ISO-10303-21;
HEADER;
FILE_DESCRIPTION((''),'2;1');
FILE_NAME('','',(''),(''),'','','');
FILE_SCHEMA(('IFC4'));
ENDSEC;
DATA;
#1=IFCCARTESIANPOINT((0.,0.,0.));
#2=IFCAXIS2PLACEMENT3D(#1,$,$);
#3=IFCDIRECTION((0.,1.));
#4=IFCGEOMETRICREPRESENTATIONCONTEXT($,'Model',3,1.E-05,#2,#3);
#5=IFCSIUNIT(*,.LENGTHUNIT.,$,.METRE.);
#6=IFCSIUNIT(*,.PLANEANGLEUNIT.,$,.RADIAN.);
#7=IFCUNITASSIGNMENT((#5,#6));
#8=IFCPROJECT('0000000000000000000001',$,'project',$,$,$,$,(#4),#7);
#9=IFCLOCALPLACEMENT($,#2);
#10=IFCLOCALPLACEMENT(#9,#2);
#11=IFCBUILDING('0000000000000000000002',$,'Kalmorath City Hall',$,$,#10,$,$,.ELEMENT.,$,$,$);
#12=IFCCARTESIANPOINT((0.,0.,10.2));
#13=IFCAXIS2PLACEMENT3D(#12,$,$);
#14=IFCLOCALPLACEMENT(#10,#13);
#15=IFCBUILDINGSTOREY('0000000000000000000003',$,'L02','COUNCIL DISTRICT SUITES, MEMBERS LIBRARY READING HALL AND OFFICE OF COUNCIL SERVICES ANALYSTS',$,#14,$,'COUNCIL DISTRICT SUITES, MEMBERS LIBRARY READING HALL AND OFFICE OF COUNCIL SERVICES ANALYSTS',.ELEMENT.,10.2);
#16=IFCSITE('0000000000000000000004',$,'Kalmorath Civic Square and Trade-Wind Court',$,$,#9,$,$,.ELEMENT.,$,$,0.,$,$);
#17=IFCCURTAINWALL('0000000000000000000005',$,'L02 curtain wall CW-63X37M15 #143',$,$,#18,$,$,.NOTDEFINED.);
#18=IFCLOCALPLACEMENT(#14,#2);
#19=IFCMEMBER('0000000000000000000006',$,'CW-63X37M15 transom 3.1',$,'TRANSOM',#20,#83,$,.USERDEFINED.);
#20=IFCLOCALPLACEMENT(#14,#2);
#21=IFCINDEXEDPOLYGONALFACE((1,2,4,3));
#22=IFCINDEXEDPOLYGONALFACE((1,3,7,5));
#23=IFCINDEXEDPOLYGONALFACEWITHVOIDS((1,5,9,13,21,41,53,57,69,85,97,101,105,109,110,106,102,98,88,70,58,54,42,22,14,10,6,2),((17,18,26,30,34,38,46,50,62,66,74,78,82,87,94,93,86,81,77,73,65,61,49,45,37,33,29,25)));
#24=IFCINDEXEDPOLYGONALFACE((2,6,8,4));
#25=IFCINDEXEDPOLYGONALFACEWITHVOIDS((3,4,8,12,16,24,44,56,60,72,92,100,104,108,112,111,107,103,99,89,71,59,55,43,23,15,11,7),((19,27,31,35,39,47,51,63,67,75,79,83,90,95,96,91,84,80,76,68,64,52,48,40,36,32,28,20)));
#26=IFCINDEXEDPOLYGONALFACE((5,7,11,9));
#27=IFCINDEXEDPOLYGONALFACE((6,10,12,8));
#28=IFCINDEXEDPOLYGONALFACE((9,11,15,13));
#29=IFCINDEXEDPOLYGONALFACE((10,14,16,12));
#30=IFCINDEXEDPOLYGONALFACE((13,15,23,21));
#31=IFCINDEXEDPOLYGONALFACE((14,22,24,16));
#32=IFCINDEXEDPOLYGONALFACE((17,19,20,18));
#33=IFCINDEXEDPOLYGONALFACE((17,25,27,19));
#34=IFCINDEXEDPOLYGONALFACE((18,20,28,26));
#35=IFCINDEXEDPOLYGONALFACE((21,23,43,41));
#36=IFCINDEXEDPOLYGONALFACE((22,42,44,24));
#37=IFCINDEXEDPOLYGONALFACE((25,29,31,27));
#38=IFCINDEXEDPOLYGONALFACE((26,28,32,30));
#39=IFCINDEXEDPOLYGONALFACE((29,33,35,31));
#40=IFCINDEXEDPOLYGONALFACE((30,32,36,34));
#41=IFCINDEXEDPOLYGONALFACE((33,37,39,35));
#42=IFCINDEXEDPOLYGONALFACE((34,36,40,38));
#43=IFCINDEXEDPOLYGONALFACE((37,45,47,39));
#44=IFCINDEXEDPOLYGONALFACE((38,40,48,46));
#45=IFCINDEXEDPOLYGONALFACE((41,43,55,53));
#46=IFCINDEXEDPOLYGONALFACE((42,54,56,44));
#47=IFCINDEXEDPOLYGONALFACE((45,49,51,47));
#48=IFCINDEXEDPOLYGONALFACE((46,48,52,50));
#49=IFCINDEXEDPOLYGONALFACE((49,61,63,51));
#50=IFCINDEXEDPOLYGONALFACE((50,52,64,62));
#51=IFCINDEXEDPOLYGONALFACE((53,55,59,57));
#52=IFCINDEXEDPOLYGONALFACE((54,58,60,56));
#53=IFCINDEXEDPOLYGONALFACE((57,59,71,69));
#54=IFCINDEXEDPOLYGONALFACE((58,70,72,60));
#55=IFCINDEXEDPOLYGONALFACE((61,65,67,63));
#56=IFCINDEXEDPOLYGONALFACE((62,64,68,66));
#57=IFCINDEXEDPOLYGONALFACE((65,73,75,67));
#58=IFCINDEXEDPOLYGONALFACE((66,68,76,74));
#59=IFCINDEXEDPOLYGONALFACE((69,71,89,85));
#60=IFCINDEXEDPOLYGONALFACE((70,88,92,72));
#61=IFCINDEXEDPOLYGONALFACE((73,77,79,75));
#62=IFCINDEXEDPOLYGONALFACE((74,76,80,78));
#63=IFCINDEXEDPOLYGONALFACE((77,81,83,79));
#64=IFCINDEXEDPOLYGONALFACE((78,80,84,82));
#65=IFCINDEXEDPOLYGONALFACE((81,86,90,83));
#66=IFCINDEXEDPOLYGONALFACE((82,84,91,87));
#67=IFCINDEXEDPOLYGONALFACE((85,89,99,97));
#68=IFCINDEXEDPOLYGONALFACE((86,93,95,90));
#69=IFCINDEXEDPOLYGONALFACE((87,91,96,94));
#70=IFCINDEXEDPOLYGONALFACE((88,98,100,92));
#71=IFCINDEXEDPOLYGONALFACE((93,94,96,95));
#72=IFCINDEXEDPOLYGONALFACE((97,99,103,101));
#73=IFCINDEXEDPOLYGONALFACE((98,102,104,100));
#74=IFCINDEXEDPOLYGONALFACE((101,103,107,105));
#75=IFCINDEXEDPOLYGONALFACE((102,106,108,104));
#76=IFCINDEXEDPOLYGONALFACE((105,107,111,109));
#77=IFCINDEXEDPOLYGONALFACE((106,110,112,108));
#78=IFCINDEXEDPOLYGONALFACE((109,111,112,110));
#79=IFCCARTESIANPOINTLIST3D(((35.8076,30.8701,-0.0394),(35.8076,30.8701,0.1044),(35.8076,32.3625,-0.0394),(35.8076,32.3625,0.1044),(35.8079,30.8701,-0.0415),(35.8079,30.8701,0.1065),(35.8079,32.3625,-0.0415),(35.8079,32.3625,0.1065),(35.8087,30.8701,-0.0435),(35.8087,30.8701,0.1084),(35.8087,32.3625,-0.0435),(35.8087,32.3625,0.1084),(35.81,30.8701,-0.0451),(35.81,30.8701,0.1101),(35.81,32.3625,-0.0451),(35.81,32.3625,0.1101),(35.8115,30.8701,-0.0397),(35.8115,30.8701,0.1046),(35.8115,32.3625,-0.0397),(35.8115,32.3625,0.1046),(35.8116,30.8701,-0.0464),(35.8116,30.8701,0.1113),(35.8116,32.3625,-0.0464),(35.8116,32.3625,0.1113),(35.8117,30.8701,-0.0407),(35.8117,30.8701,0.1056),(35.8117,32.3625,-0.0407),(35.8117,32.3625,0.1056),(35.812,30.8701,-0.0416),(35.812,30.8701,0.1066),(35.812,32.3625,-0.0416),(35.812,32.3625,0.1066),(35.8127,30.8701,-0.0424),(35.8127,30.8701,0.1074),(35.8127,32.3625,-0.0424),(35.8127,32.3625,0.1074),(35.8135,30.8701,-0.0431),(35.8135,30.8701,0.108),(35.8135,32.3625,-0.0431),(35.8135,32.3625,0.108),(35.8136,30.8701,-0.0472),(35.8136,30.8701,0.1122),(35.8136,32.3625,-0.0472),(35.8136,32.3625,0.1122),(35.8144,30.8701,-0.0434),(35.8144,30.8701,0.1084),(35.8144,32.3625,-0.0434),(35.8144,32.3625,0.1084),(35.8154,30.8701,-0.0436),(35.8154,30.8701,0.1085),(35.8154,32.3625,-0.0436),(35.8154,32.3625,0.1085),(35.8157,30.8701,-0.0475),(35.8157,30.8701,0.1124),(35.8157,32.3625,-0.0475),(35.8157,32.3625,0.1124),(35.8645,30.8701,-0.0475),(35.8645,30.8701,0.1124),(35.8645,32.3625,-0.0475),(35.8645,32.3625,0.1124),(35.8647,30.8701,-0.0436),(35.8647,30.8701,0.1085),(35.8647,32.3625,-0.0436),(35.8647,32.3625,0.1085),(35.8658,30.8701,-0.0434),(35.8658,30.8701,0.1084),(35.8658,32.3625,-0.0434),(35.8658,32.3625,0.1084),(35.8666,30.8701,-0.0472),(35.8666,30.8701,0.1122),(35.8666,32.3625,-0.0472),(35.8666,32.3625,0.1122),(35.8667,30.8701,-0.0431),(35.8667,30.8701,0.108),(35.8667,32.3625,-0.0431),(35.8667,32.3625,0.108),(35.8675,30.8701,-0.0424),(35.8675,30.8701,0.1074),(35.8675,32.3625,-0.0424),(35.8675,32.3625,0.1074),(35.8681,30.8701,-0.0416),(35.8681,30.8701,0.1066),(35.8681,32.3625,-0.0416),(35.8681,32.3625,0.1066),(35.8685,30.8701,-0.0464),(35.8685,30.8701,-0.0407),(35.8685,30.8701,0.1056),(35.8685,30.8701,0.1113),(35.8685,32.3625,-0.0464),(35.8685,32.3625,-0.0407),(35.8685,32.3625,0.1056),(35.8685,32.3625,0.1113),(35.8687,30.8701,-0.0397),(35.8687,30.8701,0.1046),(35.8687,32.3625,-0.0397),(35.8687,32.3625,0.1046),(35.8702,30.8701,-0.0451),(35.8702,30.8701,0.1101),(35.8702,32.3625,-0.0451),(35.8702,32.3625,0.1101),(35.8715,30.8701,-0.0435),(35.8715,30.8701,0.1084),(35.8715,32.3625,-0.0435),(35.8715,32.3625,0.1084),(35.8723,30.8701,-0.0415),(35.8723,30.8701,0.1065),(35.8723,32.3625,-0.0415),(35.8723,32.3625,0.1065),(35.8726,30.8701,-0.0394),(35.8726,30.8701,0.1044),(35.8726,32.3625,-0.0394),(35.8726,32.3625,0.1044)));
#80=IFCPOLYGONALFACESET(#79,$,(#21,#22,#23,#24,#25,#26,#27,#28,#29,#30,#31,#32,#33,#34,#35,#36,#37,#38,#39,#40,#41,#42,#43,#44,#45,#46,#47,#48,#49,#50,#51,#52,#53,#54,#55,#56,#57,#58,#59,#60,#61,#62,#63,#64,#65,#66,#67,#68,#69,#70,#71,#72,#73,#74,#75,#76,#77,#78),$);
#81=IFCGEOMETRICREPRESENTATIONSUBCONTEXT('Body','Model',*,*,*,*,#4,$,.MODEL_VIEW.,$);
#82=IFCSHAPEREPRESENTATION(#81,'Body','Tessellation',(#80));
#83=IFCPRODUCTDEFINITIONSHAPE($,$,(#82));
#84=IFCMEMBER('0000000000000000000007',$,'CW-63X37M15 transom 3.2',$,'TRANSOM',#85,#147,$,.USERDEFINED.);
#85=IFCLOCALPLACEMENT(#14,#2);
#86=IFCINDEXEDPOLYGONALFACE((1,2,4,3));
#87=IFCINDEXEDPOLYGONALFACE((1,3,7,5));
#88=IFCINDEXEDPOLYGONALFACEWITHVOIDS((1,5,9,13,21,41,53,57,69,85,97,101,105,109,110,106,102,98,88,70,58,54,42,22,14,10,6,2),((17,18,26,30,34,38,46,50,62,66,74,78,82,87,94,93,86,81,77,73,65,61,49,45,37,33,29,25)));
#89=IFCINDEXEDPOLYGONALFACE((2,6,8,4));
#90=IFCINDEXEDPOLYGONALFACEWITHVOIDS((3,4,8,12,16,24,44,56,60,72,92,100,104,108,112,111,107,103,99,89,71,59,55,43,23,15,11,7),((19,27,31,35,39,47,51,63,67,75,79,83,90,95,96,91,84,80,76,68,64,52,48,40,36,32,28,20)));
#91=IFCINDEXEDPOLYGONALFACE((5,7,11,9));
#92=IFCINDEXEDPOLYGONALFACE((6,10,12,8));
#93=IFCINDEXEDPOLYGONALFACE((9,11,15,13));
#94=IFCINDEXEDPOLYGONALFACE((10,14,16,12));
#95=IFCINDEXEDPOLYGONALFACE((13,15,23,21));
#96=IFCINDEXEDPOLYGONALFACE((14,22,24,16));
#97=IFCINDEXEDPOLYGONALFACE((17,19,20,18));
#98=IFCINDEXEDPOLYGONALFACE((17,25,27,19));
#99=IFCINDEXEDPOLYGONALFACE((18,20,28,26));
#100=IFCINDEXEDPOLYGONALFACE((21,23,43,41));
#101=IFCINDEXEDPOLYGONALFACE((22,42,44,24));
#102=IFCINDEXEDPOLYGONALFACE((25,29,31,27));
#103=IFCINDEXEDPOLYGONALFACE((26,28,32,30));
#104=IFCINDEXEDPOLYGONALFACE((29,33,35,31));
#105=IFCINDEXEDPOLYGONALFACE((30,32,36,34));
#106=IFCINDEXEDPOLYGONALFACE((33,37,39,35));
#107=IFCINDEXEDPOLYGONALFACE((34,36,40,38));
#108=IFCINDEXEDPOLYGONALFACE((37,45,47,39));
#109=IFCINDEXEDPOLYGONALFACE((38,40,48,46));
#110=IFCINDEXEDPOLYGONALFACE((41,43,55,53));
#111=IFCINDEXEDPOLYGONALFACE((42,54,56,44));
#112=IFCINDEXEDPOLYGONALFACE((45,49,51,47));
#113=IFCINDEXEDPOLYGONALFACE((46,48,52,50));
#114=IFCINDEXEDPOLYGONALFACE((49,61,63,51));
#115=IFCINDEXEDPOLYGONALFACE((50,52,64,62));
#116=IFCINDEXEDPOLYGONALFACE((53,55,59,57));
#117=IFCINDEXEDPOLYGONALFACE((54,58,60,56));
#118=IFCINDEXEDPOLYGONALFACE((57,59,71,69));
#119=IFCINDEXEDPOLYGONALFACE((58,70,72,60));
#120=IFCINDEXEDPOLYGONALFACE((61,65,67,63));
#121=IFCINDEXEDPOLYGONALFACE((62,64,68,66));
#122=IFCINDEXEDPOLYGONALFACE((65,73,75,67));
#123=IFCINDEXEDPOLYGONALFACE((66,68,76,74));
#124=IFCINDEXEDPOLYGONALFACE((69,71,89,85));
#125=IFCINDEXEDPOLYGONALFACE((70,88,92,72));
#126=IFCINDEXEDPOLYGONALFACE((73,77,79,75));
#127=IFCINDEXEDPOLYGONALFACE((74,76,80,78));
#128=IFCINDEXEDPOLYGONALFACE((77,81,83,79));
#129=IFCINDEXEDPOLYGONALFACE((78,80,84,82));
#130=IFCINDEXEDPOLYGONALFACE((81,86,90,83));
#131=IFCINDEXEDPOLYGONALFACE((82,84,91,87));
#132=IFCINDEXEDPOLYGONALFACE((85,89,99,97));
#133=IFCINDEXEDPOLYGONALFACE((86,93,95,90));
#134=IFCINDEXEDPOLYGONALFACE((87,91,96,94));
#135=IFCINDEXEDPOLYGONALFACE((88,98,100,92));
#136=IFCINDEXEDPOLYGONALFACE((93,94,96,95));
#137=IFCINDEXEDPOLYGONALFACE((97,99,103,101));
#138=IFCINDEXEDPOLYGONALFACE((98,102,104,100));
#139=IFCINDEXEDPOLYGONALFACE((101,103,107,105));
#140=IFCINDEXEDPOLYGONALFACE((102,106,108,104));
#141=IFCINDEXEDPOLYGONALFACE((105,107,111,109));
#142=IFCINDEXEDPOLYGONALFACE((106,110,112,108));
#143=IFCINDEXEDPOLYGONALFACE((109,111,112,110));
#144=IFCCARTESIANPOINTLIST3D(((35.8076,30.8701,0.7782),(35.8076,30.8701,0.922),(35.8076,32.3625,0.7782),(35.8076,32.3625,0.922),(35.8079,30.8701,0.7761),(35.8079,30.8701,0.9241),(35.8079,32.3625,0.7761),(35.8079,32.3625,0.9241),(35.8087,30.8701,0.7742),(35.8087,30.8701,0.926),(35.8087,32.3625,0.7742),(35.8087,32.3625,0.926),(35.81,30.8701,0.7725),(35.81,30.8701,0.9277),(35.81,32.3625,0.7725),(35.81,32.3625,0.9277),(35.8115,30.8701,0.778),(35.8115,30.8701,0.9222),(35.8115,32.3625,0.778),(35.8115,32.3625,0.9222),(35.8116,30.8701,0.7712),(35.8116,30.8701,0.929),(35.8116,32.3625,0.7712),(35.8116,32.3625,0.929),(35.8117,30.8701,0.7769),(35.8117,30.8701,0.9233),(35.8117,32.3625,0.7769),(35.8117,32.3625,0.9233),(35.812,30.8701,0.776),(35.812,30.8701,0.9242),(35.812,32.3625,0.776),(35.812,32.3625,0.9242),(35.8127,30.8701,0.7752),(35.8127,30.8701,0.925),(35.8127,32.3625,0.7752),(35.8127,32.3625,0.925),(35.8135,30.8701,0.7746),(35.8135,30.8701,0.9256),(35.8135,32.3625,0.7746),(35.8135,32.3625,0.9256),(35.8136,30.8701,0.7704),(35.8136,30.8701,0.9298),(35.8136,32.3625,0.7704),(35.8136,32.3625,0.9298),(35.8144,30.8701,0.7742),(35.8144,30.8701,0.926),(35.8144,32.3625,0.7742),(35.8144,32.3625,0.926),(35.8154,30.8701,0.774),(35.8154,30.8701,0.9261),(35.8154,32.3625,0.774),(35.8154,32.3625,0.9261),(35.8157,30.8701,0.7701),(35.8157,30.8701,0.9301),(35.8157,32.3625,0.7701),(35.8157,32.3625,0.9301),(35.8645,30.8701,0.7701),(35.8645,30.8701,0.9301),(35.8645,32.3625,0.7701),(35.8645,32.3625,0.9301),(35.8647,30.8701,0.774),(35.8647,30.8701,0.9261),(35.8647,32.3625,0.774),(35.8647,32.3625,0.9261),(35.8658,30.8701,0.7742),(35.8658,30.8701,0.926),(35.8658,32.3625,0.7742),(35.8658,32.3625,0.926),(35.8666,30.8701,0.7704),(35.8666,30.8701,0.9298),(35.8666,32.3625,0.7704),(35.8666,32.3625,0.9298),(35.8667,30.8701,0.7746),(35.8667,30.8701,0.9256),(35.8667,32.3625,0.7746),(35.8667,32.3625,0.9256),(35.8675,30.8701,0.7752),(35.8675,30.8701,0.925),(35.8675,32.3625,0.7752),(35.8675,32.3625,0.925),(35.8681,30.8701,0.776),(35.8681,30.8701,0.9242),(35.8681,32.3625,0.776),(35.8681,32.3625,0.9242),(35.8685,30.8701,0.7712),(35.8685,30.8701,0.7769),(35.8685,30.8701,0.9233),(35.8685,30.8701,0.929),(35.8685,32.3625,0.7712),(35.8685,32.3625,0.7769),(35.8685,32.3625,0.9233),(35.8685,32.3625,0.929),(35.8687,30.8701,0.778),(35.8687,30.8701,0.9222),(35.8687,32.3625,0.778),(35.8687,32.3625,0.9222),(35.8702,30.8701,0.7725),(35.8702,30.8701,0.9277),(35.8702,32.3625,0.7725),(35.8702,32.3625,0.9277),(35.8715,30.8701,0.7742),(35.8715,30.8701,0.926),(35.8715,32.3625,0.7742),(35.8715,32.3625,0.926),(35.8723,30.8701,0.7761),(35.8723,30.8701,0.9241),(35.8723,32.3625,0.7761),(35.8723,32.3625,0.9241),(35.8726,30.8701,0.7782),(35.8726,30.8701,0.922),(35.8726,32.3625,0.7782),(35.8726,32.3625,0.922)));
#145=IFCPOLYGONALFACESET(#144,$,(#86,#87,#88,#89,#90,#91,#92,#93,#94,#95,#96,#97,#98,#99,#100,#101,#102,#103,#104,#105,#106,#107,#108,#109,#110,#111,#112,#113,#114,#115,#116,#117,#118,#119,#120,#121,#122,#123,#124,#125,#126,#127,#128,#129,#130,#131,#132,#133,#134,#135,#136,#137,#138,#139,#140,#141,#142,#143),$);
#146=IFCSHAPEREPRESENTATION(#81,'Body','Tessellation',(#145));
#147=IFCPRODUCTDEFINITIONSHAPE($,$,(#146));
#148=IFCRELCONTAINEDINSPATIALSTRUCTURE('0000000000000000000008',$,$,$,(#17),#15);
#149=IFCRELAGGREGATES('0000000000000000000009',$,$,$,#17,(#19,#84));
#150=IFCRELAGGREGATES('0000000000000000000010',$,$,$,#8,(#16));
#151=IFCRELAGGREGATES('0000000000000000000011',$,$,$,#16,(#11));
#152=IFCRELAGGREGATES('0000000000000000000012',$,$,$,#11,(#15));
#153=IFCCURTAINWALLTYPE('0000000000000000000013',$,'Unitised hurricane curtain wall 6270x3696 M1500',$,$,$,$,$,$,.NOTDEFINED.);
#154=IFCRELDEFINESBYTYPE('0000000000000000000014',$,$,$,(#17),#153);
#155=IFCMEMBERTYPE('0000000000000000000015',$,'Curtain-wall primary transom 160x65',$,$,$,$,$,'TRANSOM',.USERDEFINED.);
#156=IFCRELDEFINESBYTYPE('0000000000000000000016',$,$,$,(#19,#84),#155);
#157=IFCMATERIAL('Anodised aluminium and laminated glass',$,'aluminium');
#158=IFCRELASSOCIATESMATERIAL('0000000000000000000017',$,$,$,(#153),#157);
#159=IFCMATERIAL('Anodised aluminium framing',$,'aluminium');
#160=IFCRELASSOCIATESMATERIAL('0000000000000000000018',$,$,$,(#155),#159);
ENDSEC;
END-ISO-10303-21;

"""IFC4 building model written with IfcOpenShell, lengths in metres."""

from ifc_helpers import new_model, si_unit, direction, frame, origin, origin_2d, place, context, subcontext, project, spatial, hollow_rectangle, extrude, material, material_profile, profile_set, type_object, element, aggregate, save


model = new_model("IFC4")

# Units and contexts
model_context = context("Model", 3, precision=1e-05, world=origin(), true_north=direction((0.0, 1.0)))
body_context = subcontext(model_context, "Body", "Model", "MODEL_VIEW")
ifc_project = project(units=[si_unit("LENGTHUNIT", "METRE"), si_unit("PLANEANGLEUNIT", "RADIAN")], contexts=[model_context])

# Site, building, storey
site_placement = place(None, origin())
site = spatial("IfcSite", under=ifc_project, at=site_placement, Name="Kalmorath Civic Square and Trade-Wind Court", CompositionType="ELEMENT", RefElevation=0.0)
building_placement = place(site_placement, origin())
building = spatial("IfcBuilding", under=site, at=building_placement, Name="Kalmorath City Hall", CompositionType="ELEMENT")
storey_placement = place(building_placement, frame((0.0, 0.0, 10.2)))
storey = spatial("IfcBuildingStorey", under=building, at=storey_placement, Name="L02", Description="COUNCIL DISTRICT SUITES, MEMBERS LIBRARY READING HALL AND OFFICE OF COUNCIL SERVICES ANALYSTS", LongName="COUNCIL DISTRICT SUITES, MEMBERS LIBRARY READING HALL AND OFFICE OF COUNCIL SERVICES ANALYSTS", CompositionType="ELEMENT", Elevation=10.2)

# Curtain wall, members
ifc_material_1 = material(Name="Anodised aluminium and laminated glass", Category="aluminium")
curtain_wall_type = type_object("IfcCurtainWallType", Name="Unitised hurricane curtain wall 6270x3696 M1500", PredefinedType="NOTDEFINED", material=ifc_material_1)
curtain_wall_placement = place(storey_placement, origin())
curtain_wall = element("IfcCurtainWall", 1, at=curtain_wall_placement, inside=storey, type_object=curtain_wall_type, Name="L02 curtain wall CW-63X37M15 #143", PredefinedType="NOTDEFINED")
ifc_material_2 = material(Name="Anodised aluminium framing", Category="aluminium")
ifc_material_profile_1 = material_profile(ifc_material_2, hollow_rectangle(XDim=0.0649, YDim=0.1599, WallThickness=0.0039, InnerFilletRadius=0.0039, OuterFilletRadius=0.0081, at=origin_2d()), Name="ALU-TRN-160X65X4")
ifc_profile_set_1 = profile_set([ifc_material_profile_1], Name="Anodised aluminium framing")
member_type_1 = type_object("IfcMemberType", Name="Curtain-wall primary transom 160x65", ElementType="TRANSOM", PredefinedType="USERDEFINED", material=ifc_profile_set_1)
member_1_placement = place(storey_placement, frame((35.8401, 32.3625, 0.0325), z_axis=(0.0, -1.0, 0.0), x_axis=(1.0, 0.0, 0.0)))
member_1 = element("IfcMember", 2, at=member_1_placement, type_object=member_type_1, Name="CW-63X37M15 transom 3.1", ObjectType="TRANSOM", PredefinedType="USERDEFINED", context=body_context, shape_type="SweptSolid", body=[
    extrude(hollow_rectangle(XDim=0.0649, YDim=0.1599, WallThickness=0.0039, InnerFilletRadius=0.0039, OuterFilletRadius=0.0081, at=origin_2d()), origin(), (0.0, 0.0, 1.0), 1.4924),
])
member_2_placement = place(storey_placement, frame((35.8401, 32.3625, 0.8501), z_axis=(0.0, -1.0, 0.0), x_axis=(1.0, 0.0, 0.0)))
member_2 = element("IfcMember", 3, at=member_2_placement, type_object=member_type_1, Name="CW-63X37M15 transom 3.2", ObjectType="TRANSOM", PredefinedType="USERDEFINED", context=body_context, shape_type="SweptSolid", body=[
    extrude(hollow_rectangle(XDim=0.0649, YDim=0.1599, WallThickness=0.0039, InnerFilletRadius=0.0039, OuterFilletRadius=0.0081, at=origin_2d()), origin(), (0.0, 0.0, 1.0), 1.4924),
])

aggregate(curtain_wall, [member_1, member_2])

save(model, "model.ifc")
